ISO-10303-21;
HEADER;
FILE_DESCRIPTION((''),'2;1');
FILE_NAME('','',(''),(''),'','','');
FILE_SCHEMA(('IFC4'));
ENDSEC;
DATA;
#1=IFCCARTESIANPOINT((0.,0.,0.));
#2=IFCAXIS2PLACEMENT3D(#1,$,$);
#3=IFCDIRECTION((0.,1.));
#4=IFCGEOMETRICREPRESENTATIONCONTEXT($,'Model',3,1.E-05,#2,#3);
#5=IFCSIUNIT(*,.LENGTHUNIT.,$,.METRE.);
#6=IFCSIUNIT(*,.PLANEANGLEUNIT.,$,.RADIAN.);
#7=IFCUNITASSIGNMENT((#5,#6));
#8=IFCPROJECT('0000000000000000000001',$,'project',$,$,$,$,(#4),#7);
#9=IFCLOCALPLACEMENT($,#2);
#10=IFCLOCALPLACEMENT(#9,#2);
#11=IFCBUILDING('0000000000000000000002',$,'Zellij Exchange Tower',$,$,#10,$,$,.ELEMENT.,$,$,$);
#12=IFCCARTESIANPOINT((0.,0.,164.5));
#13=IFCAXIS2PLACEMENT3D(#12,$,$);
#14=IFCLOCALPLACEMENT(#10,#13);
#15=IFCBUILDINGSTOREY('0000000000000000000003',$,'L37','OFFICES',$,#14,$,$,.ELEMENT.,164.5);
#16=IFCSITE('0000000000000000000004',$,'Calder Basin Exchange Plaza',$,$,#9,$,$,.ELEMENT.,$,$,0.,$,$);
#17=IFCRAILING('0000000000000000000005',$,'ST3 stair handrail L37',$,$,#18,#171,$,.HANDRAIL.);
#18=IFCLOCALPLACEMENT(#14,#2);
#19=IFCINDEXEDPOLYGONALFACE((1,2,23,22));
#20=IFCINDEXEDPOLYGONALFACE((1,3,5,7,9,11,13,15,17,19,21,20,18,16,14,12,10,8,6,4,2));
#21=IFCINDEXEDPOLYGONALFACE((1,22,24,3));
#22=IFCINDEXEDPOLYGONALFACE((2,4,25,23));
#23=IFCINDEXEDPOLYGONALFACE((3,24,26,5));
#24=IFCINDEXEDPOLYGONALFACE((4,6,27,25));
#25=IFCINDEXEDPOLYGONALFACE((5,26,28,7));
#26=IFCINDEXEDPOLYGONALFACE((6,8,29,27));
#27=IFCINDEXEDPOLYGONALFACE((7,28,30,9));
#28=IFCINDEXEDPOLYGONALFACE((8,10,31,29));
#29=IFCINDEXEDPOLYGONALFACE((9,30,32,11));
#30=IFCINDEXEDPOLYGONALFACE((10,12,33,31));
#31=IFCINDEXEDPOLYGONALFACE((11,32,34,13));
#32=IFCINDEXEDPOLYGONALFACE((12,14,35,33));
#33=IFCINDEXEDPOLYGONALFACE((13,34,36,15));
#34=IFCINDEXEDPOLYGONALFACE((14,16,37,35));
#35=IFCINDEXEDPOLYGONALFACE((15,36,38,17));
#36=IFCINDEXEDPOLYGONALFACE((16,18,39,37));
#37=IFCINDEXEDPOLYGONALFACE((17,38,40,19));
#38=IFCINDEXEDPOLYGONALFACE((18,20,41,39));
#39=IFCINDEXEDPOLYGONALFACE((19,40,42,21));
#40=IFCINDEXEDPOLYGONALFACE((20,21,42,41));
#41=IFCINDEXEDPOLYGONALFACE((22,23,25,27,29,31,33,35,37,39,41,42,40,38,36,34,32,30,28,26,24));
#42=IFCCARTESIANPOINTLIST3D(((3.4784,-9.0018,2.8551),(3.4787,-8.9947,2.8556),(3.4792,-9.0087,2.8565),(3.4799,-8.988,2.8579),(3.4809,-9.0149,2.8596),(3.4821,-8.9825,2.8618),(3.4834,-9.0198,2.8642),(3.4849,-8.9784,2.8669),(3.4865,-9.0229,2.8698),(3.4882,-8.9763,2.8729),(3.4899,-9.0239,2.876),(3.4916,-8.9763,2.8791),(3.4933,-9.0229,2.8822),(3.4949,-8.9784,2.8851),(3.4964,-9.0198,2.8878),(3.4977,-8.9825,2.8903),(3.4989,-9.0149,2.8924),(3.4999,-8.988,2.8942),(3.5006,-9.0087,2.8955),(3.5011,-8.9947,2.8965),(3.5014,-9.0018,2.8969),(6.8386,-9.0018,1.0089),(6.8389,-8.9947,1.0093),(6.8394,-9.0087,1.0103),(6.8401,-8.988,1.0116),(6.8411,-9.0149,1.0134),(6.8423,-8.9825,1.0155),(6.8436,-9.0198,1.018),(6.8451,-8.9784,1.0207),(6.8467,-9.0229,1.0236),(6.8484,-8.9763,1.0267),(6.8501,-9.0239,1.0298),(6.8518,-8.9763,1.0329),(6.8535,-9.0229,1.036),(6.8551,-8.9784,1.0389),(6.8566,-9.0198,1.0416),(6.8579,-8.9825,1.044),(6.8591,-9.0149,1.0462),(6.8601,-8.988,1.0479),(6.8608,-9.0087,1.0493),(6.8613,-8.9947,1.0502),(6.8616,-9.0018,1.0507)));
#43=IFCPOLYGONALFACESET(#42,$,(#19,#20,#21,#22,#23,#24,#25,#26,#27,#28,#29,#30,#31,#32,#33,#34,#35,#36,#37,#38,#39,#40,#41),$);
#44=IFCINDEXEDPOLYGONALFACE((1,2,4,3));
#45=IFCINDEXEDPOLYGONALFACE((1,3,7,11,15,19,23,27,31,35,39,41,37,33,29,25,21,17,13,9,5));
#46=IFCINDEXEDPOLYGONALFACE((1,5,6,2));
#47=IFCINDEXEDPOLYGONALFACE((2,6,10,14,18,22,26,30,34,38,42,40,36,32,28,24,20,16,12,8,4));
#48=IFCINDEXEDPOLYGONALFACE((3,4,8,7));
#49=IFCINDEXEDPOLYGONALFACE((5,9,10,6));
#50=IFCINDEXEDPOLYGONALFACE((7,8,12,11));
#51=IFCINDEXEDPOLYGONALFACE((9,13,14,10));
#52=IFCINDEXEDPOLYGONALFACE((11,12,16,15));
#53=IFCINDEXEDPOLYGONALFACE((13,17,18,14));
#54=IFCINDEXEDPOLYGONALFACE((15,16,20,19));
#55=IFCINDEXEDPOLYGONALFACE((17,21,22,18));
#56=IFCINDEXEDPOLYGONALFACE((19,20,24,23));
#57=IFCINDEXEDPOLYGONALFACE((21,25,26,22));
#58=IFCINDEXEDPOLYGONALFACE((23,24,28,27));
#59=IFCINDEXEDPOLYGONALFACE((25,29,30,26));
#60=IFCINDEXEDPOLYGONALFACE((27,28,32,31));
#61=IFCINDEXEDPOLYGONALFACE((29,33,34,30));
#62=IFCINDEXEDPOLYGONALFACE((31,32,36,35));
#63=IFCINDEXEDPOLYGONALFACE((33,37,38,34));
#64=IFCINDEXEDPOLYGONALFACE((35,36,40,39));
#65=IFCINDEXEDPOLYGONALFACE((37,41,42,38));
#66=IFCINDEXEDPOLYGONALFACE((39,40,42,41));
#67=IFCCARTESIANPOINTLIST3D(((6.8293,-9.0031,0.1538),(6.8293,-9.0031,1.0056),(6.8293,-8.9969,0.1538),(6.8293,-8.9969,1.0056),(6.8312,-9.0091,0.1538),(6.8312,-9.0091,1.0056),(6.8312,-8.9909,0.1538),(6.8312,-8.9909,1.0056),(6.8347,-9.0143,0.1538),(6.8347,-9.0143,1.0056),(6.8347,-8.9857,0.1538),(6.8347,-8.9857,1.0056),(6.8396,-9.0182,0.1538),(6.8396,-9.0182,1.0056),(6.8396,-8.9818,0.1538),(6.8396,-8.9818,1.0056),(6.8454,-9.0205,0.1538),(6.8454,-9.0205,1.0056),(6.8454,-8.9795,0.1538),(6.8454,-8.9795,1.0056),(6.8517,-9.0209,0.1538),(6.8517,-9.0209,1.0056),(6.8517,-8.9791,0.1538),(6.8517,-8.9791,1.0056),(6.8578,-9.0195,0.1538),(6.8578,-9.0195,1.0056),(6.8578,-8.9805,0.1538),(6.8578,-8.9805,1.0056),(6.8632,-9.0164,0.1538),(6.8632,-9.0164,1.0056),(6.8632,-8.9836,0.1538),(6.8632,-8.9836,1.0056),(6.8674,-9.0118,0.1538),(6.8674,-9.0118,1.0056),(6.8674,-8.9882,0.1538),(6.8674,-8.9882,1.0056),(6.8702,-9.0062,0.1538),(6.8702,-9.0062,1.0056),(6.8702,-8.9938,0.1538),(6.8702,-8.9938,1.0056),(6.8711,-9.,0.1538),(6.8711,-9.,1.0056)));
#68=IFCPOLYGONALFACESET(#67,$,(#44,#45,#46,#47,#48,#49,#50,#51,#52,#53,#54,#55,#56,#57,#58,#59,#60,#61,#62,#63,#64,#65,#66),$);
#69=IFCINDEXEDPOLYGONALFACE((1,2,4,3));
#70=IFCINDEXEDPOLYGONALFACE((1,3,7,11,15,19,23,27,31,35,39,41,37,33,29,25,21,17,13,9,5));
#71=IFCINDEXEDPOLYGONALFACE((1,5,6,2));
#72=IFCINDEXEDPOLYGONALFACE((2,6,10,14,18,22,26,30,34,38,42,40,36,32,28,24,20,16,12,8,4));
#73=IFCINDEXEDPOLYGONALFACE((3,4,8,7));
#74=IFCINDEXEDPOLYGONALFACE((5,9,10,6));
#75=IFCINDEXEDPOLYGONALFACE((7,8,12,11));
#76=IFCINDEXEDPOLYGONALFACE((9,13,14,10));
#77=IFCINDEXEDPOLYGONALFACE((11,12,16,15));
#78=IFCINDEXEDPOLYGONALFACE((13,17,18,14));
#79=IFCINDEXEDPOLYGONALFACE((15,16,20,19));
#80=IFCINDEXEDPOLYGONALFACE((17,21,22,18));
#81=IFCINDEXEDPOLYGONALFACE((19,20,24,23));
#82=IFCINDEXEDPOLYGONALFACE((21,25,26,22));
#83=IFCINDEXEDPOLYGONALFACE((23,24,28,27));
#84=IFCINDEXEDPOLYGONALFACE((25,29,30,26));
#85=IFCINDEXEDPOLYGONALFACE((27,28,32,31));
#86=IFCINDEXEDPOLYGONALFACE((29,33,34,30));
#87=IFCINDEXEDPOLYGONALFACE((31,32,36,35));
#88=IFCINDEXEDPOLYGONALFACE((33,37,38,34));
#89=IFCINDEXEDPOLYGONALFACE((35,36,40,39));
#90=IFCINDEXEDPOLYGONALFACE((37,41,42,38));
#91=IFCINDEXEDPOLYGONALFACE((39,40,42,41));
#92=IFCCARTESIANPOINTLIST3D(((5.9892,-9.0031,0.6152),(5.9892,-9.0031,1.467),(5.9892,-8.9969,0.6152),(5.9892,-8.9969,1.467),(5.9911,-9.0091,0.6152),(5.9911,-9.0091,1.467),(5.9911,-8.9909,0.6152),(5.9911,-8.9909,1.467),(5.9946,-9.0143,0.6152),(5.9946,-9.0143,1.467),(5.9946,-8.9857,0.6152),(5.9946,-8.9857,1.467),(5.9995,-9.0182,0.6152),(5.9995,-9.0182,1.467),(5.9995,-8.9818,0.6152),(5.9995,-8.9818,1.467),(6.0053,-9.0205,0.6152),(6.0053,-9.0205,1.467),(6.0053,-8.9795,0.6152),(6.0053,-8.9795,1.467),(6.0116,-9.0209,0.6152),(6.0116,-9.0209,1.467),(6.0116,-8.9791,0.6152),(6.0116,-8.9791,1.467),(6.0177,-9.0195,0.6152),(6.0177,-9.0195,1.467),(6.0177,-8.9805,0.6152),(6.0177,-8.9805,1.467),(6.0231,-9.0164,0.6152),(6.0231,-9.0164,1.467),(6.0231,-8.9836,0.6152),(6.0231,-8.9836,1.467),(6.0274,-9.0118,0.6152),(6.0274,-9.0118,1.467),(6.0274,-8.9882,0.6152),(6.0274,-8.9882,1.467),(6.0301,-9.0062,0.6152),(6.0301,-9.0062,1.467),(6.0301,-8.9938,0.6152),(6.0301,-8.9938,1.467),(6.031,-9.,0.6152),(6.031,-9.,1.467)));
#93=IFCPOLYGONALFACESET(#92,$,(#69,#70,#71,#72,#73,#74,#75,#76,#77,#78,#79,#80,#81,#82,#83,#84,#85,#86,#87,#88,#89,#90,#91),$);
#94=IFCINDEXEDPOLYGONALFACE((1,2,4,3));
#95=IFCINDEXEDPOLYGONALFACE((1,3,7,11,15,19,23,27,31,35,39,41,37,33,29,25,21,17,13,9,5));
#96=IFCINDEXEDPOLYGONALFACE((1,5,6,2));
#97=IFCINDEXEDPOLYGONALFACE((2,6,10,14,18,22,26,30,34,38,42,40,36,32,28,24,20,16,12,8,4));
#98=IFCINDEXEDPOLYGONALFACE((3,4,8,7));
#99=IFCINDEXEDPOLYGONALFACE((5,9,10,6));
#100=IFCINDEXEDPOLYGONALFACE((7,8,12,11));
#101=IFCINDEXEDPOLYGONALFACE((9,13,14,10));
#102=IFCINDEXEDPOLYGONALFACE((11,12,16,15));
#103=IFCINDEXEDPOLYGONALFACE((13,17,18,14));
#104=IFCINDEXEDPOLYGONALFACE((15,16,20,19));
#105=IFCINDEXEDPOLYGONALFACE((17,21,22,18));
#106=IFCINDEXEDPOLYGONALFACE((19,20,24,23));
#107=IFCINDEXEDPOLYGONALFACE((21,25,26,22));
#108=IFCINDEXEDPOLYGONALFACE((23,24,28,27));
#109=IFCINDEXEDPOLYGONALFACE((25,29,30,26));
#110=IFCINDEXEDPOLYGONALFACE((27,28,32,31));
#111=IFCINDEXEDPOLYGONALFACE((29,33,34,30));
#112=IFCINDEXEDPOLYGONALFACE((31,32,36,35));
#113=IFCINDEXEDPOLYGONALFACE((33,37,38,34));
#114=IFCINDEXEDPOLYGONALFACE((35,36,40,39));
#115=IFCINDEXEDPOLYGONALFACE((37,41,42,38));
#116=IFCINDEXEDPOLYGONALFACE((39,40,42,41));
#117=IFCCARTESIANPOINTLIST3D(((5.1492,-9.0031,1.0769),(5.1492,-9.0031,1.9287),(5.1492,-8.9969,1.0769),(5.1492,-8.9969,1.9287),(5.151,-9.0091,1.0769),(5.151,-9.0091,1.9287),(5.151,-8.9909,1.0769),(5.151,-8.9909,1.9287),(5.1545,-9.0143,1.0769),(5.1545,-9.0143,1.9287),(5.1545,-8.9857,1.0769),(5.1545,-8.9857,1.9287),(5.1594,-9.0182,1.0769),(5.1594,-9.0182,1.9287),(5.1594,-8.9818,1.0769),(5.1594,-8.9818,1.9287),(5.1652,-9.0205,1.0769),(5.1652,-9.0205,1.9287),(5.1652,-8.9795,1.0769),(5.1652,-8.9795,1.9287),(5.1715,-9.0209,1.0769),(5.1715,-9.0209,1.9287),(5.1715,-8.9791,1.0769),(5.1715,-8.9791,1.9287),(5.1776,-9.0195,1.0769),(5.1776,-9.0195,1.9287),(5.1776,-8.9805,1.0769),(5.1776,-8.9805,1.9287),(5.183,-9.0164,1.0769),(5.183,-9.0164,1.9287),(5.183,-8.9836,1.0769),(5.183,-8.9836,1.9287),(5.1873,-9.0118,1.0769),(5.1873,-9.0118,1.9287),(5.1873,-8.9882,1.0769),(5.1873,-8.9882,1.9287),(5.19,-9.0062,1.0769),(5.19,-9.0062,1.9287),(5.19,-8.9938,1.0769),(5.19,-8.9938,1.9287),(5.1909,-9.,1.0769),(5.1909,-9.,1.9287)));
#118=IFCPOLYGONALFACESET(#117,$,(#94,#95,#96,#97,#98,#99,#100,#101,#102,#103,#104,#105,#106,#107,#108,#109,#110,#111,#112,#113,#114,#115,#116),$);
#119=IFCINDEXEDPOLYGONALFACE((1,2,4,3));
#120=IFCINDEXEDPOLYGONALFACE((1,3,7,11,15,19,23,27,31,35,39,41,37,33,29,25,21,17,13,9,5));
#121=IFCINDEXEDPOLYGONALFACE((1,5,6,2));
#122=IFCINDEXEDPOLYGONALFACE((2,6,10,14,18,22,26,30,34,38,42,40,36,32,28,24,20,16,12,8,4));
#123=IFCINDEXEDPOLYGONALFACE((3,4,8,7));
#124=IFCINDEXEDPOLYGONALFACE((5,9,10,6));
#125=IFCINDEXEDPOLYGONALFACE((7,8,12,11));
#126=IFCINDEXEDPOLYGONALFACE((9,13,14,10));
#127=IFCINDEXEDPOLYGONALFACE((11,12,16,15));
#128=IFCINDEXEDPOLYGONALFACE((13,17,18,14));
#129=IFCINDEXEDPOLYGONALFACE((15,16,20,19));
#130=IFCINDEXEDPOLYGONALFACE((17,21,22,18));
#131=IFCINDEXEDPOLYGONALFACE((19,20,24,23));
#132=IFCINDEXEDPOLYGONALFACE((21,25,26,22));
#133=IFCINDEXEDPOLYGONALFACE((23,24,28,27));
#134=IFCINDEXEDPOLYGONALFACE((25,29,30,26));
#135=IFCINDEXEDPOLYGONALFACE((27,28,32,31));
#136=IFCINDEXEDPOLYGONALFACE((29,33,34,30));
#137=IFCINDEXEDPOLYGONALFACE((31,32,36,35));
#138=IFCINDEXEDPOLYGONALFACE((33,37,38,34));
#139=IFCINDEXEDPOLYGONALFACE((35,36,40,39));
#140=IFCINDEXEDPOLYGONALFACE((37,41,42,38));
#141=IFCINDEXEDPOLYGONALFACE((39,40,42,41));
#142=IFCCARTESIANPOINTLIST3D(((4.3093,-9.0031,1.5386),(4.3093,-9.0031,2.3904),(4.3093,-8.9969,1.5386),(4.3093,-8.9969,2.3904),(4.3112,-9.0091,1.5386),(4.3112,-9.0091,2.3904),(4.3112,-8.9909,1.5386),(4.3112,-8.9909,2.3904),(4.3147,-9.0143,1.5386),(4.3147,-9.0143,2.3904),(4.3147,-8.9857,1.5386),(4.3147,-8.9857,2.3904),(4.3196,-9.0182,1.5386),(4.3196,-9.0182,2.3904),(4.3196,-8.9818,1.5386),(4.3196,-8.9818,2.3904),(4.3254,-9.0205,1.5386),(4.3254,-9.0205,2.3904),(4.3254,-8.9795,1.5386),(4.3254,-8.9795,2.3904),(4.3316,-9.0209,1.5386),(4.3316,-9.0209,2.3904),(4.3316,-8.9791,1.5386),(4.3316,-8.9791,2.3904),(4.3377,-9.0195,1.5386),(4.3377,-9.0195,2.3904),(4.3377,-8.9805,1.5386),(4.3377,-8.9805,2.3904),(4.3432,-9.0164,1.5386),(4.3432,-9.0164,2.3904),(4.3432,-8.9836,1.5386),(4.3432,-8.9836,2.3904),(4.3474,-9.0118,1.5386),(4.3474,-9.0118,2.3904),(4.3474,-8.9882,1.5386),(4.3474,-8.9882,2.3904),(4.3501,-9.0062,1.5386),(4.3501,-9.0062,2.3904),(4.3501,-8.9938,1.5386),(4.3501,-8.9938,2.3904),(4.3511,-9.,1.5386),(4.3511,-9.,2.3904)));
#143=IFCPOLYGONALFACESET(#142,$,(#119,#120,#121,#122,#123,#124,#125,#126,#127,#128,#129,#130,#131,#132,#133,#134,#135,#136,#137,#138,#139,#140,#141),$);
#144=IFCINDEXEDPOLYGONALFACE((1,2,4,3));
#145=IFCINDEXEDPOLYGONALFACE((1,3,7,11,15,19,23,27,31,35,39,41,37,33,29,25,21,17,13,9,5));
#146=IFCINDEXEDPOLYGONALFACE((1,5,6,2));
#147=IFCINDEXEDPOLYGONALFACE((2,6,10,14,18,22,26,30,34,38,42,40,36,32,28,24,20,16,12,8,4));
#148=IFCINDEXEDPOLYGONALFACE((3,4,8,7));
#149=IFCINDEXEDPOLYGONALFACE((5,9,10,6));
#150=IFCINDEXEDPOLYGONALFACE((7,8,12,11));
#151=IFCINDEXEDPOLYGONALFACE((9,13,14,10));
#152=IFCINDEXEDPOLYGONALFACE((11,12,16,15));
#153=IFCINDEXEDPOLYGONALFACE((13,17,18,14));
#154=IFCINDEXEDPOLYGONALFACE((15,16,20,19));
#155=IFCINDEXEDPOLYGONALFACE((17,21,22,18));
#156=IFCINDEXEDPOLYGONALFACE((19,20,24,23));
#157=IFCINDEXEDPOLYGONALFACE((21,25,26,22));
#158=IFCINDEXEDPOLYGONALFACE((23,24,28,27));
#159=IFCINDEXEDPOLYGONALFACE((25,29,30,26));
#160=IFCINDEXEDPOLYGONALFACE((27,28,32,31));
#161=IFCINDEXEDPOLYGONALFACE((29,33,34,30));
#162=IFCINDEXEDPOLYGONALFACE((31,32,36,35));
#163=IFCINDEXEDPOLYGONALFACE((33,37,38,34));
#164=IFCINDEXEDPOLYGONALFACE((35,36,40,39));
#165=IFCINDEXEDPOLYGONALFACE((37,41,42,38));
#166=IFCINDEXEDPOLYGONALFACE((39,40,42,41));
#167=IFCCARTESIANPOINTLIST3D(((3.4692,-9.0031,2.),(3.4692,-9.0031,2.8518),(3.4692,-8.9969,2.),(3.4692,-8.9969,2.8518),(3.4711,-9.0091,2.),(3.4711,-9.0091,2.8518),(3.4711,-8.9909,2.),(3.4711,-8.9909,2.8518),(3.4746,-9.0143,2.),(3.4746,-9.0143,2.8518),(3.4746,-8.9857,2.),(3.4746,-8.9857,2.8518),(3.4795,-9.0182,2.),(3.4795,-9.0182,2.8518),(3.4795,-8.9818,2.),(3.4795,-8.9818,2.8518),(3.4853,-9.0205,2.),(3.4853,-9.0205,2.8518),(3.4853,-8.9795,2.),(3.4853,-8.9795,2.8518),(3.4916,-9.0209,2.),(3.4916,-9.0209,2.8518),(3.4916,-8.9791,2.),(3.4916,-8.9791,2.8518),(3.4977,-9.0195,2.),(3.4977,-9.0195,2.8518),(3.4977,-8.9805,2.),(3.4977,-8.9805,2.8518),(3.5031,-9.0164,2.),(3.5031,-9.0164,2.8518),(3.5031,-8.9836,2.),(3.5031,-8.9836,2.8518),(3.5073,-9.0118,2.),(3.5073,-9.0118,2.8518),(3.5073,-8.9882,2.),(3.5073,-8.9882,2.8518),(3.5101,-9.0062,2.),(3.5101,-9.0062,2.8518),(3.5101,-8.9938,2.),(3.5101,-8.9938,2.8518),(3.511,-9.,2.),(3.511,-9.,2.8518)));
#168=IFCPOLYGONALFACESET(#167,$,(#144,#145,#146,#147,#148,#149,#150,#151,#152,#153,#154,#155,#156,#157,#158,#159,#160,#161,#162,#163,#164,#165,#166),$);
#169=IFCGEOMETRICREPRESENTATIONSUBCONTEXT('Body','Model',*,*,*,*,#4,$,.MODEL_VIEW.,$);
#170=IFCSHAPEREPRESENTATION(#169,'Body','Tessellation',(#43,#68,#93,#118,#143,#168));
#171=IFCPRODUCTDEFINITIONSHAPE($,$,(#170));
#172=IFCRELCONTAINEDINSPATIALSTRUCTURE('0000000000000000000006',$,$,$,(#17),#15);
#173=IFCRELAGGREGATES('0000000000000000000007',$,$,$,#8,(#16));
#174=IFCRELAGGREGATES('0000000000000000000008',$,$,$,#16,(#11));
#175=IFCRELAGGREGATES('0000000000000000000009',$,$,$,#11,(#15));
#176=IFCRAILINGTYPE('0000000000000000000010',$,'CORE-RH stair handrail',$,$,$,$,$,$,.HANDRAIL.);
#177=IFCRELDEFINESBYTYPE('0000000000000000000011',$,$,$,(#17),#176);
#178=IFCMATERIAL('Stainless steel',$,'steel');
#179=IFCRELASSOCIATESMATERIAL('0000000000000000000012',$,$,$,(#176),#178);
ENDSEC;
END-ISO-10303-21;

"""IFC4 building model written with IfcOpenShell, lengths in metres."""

from ifc_helpers import new_model, si_unit, direction, frame, origin, origin_2d, place, context, subcontext, project, spatial, circle, extrude, material, type_object, element, save


model = new_model("IFC4")

# Units and contexts
model_context = context("Model", 3, precision=1e-05, world=origin(), true_north=direction((0.0, 1.0)))
body_context = subcontext(model_context, "Body", "Model", "MODEL_VIEW")
ifc_project = project(units=[si_unit("LENGTHUNIT", "METRE"), si_unit("PLANEANGLEUNIT", "RADIAN")], contexts=[model_context])

# Site, building, storey
site_placement = place(None, origin())
site = spatial("IfcSite", under=ifc_project, at=site_placement, Name="Calder Basin Exchange Plaza", CompositionType="ELEMENT", RefElevation=0.0)
building_placement = place(site_placement, origin())
building = spatial("IfcBuilding", under=site, at=building_placement, Name="Zellij Exchange Tower", CompositionType="ELEMENT")
storey_placement = place(building_placement, frame((0.0, 0.0, 164.5)))
storey = spatial("IfcBuildingStorey", under=building, at=storey_placement, Name="L37", Description="OFFICES", CompositionType="ELEMENT", Elevation=164.5)

# Railing
ifc_material_1 = material(Name="Stainless steel", Category="steel")
railing_type_1 = type_object("IfcRailingType", Name="CORE-RH stair handrail", PredefinedType="HANDRAIL", material=ifc_material_1)
railing_1_placement = place(storey_placement, frame((6.8501, -9.0, 0.1538)))
element("IfcRailing", 1, at=railing_1_placement, inside=storey, type_object=railing_type_1, Name="ST3 stair handrail L37", PredefinedType="HANDRAIL", context=body_context, shape_type="SweptSolid", body=[
    extrude(circle(Radius=0.0239, at=origin_2d()), frame((0.0, 0.0, 0.876), z_axis=(-0.876422, 0.0, 0.481545), x_axis=(0.0, -1.0, 0.0)), (0.0, 0.0, 1.0), 3.834),
    extrude(circle(Radius=0.021, at=origin_2d()), origin(), (0.0, 0.0, 1.0), 0.8518),
    extrude(circle(Radius=0.021, at=origin_2d()), frame((-0.8401, 0.0, 0.4614)), (0.0, 0.0, 1.0), 0.8518),
    extrude(circle(Radius=0.021, at=origin_2d()), frame((-1.6802, 0.0, 0.9231)), (0.0, 0.0, 1.0), 0.8518),
    extrude(circle(Radius=0.021, at=origin_2d()), frame((-2.52, 0.0, 1.3848)), (0.0, 0.0, 1.0), 0.8518),
    extrude(circle(Radius=0.021, at=origin_2d()), frame((-3.3601, 0.0, 1.8462)), (0.0, 0.0, 1.0), 0.8518),
])

save(model, "model.ifc")
